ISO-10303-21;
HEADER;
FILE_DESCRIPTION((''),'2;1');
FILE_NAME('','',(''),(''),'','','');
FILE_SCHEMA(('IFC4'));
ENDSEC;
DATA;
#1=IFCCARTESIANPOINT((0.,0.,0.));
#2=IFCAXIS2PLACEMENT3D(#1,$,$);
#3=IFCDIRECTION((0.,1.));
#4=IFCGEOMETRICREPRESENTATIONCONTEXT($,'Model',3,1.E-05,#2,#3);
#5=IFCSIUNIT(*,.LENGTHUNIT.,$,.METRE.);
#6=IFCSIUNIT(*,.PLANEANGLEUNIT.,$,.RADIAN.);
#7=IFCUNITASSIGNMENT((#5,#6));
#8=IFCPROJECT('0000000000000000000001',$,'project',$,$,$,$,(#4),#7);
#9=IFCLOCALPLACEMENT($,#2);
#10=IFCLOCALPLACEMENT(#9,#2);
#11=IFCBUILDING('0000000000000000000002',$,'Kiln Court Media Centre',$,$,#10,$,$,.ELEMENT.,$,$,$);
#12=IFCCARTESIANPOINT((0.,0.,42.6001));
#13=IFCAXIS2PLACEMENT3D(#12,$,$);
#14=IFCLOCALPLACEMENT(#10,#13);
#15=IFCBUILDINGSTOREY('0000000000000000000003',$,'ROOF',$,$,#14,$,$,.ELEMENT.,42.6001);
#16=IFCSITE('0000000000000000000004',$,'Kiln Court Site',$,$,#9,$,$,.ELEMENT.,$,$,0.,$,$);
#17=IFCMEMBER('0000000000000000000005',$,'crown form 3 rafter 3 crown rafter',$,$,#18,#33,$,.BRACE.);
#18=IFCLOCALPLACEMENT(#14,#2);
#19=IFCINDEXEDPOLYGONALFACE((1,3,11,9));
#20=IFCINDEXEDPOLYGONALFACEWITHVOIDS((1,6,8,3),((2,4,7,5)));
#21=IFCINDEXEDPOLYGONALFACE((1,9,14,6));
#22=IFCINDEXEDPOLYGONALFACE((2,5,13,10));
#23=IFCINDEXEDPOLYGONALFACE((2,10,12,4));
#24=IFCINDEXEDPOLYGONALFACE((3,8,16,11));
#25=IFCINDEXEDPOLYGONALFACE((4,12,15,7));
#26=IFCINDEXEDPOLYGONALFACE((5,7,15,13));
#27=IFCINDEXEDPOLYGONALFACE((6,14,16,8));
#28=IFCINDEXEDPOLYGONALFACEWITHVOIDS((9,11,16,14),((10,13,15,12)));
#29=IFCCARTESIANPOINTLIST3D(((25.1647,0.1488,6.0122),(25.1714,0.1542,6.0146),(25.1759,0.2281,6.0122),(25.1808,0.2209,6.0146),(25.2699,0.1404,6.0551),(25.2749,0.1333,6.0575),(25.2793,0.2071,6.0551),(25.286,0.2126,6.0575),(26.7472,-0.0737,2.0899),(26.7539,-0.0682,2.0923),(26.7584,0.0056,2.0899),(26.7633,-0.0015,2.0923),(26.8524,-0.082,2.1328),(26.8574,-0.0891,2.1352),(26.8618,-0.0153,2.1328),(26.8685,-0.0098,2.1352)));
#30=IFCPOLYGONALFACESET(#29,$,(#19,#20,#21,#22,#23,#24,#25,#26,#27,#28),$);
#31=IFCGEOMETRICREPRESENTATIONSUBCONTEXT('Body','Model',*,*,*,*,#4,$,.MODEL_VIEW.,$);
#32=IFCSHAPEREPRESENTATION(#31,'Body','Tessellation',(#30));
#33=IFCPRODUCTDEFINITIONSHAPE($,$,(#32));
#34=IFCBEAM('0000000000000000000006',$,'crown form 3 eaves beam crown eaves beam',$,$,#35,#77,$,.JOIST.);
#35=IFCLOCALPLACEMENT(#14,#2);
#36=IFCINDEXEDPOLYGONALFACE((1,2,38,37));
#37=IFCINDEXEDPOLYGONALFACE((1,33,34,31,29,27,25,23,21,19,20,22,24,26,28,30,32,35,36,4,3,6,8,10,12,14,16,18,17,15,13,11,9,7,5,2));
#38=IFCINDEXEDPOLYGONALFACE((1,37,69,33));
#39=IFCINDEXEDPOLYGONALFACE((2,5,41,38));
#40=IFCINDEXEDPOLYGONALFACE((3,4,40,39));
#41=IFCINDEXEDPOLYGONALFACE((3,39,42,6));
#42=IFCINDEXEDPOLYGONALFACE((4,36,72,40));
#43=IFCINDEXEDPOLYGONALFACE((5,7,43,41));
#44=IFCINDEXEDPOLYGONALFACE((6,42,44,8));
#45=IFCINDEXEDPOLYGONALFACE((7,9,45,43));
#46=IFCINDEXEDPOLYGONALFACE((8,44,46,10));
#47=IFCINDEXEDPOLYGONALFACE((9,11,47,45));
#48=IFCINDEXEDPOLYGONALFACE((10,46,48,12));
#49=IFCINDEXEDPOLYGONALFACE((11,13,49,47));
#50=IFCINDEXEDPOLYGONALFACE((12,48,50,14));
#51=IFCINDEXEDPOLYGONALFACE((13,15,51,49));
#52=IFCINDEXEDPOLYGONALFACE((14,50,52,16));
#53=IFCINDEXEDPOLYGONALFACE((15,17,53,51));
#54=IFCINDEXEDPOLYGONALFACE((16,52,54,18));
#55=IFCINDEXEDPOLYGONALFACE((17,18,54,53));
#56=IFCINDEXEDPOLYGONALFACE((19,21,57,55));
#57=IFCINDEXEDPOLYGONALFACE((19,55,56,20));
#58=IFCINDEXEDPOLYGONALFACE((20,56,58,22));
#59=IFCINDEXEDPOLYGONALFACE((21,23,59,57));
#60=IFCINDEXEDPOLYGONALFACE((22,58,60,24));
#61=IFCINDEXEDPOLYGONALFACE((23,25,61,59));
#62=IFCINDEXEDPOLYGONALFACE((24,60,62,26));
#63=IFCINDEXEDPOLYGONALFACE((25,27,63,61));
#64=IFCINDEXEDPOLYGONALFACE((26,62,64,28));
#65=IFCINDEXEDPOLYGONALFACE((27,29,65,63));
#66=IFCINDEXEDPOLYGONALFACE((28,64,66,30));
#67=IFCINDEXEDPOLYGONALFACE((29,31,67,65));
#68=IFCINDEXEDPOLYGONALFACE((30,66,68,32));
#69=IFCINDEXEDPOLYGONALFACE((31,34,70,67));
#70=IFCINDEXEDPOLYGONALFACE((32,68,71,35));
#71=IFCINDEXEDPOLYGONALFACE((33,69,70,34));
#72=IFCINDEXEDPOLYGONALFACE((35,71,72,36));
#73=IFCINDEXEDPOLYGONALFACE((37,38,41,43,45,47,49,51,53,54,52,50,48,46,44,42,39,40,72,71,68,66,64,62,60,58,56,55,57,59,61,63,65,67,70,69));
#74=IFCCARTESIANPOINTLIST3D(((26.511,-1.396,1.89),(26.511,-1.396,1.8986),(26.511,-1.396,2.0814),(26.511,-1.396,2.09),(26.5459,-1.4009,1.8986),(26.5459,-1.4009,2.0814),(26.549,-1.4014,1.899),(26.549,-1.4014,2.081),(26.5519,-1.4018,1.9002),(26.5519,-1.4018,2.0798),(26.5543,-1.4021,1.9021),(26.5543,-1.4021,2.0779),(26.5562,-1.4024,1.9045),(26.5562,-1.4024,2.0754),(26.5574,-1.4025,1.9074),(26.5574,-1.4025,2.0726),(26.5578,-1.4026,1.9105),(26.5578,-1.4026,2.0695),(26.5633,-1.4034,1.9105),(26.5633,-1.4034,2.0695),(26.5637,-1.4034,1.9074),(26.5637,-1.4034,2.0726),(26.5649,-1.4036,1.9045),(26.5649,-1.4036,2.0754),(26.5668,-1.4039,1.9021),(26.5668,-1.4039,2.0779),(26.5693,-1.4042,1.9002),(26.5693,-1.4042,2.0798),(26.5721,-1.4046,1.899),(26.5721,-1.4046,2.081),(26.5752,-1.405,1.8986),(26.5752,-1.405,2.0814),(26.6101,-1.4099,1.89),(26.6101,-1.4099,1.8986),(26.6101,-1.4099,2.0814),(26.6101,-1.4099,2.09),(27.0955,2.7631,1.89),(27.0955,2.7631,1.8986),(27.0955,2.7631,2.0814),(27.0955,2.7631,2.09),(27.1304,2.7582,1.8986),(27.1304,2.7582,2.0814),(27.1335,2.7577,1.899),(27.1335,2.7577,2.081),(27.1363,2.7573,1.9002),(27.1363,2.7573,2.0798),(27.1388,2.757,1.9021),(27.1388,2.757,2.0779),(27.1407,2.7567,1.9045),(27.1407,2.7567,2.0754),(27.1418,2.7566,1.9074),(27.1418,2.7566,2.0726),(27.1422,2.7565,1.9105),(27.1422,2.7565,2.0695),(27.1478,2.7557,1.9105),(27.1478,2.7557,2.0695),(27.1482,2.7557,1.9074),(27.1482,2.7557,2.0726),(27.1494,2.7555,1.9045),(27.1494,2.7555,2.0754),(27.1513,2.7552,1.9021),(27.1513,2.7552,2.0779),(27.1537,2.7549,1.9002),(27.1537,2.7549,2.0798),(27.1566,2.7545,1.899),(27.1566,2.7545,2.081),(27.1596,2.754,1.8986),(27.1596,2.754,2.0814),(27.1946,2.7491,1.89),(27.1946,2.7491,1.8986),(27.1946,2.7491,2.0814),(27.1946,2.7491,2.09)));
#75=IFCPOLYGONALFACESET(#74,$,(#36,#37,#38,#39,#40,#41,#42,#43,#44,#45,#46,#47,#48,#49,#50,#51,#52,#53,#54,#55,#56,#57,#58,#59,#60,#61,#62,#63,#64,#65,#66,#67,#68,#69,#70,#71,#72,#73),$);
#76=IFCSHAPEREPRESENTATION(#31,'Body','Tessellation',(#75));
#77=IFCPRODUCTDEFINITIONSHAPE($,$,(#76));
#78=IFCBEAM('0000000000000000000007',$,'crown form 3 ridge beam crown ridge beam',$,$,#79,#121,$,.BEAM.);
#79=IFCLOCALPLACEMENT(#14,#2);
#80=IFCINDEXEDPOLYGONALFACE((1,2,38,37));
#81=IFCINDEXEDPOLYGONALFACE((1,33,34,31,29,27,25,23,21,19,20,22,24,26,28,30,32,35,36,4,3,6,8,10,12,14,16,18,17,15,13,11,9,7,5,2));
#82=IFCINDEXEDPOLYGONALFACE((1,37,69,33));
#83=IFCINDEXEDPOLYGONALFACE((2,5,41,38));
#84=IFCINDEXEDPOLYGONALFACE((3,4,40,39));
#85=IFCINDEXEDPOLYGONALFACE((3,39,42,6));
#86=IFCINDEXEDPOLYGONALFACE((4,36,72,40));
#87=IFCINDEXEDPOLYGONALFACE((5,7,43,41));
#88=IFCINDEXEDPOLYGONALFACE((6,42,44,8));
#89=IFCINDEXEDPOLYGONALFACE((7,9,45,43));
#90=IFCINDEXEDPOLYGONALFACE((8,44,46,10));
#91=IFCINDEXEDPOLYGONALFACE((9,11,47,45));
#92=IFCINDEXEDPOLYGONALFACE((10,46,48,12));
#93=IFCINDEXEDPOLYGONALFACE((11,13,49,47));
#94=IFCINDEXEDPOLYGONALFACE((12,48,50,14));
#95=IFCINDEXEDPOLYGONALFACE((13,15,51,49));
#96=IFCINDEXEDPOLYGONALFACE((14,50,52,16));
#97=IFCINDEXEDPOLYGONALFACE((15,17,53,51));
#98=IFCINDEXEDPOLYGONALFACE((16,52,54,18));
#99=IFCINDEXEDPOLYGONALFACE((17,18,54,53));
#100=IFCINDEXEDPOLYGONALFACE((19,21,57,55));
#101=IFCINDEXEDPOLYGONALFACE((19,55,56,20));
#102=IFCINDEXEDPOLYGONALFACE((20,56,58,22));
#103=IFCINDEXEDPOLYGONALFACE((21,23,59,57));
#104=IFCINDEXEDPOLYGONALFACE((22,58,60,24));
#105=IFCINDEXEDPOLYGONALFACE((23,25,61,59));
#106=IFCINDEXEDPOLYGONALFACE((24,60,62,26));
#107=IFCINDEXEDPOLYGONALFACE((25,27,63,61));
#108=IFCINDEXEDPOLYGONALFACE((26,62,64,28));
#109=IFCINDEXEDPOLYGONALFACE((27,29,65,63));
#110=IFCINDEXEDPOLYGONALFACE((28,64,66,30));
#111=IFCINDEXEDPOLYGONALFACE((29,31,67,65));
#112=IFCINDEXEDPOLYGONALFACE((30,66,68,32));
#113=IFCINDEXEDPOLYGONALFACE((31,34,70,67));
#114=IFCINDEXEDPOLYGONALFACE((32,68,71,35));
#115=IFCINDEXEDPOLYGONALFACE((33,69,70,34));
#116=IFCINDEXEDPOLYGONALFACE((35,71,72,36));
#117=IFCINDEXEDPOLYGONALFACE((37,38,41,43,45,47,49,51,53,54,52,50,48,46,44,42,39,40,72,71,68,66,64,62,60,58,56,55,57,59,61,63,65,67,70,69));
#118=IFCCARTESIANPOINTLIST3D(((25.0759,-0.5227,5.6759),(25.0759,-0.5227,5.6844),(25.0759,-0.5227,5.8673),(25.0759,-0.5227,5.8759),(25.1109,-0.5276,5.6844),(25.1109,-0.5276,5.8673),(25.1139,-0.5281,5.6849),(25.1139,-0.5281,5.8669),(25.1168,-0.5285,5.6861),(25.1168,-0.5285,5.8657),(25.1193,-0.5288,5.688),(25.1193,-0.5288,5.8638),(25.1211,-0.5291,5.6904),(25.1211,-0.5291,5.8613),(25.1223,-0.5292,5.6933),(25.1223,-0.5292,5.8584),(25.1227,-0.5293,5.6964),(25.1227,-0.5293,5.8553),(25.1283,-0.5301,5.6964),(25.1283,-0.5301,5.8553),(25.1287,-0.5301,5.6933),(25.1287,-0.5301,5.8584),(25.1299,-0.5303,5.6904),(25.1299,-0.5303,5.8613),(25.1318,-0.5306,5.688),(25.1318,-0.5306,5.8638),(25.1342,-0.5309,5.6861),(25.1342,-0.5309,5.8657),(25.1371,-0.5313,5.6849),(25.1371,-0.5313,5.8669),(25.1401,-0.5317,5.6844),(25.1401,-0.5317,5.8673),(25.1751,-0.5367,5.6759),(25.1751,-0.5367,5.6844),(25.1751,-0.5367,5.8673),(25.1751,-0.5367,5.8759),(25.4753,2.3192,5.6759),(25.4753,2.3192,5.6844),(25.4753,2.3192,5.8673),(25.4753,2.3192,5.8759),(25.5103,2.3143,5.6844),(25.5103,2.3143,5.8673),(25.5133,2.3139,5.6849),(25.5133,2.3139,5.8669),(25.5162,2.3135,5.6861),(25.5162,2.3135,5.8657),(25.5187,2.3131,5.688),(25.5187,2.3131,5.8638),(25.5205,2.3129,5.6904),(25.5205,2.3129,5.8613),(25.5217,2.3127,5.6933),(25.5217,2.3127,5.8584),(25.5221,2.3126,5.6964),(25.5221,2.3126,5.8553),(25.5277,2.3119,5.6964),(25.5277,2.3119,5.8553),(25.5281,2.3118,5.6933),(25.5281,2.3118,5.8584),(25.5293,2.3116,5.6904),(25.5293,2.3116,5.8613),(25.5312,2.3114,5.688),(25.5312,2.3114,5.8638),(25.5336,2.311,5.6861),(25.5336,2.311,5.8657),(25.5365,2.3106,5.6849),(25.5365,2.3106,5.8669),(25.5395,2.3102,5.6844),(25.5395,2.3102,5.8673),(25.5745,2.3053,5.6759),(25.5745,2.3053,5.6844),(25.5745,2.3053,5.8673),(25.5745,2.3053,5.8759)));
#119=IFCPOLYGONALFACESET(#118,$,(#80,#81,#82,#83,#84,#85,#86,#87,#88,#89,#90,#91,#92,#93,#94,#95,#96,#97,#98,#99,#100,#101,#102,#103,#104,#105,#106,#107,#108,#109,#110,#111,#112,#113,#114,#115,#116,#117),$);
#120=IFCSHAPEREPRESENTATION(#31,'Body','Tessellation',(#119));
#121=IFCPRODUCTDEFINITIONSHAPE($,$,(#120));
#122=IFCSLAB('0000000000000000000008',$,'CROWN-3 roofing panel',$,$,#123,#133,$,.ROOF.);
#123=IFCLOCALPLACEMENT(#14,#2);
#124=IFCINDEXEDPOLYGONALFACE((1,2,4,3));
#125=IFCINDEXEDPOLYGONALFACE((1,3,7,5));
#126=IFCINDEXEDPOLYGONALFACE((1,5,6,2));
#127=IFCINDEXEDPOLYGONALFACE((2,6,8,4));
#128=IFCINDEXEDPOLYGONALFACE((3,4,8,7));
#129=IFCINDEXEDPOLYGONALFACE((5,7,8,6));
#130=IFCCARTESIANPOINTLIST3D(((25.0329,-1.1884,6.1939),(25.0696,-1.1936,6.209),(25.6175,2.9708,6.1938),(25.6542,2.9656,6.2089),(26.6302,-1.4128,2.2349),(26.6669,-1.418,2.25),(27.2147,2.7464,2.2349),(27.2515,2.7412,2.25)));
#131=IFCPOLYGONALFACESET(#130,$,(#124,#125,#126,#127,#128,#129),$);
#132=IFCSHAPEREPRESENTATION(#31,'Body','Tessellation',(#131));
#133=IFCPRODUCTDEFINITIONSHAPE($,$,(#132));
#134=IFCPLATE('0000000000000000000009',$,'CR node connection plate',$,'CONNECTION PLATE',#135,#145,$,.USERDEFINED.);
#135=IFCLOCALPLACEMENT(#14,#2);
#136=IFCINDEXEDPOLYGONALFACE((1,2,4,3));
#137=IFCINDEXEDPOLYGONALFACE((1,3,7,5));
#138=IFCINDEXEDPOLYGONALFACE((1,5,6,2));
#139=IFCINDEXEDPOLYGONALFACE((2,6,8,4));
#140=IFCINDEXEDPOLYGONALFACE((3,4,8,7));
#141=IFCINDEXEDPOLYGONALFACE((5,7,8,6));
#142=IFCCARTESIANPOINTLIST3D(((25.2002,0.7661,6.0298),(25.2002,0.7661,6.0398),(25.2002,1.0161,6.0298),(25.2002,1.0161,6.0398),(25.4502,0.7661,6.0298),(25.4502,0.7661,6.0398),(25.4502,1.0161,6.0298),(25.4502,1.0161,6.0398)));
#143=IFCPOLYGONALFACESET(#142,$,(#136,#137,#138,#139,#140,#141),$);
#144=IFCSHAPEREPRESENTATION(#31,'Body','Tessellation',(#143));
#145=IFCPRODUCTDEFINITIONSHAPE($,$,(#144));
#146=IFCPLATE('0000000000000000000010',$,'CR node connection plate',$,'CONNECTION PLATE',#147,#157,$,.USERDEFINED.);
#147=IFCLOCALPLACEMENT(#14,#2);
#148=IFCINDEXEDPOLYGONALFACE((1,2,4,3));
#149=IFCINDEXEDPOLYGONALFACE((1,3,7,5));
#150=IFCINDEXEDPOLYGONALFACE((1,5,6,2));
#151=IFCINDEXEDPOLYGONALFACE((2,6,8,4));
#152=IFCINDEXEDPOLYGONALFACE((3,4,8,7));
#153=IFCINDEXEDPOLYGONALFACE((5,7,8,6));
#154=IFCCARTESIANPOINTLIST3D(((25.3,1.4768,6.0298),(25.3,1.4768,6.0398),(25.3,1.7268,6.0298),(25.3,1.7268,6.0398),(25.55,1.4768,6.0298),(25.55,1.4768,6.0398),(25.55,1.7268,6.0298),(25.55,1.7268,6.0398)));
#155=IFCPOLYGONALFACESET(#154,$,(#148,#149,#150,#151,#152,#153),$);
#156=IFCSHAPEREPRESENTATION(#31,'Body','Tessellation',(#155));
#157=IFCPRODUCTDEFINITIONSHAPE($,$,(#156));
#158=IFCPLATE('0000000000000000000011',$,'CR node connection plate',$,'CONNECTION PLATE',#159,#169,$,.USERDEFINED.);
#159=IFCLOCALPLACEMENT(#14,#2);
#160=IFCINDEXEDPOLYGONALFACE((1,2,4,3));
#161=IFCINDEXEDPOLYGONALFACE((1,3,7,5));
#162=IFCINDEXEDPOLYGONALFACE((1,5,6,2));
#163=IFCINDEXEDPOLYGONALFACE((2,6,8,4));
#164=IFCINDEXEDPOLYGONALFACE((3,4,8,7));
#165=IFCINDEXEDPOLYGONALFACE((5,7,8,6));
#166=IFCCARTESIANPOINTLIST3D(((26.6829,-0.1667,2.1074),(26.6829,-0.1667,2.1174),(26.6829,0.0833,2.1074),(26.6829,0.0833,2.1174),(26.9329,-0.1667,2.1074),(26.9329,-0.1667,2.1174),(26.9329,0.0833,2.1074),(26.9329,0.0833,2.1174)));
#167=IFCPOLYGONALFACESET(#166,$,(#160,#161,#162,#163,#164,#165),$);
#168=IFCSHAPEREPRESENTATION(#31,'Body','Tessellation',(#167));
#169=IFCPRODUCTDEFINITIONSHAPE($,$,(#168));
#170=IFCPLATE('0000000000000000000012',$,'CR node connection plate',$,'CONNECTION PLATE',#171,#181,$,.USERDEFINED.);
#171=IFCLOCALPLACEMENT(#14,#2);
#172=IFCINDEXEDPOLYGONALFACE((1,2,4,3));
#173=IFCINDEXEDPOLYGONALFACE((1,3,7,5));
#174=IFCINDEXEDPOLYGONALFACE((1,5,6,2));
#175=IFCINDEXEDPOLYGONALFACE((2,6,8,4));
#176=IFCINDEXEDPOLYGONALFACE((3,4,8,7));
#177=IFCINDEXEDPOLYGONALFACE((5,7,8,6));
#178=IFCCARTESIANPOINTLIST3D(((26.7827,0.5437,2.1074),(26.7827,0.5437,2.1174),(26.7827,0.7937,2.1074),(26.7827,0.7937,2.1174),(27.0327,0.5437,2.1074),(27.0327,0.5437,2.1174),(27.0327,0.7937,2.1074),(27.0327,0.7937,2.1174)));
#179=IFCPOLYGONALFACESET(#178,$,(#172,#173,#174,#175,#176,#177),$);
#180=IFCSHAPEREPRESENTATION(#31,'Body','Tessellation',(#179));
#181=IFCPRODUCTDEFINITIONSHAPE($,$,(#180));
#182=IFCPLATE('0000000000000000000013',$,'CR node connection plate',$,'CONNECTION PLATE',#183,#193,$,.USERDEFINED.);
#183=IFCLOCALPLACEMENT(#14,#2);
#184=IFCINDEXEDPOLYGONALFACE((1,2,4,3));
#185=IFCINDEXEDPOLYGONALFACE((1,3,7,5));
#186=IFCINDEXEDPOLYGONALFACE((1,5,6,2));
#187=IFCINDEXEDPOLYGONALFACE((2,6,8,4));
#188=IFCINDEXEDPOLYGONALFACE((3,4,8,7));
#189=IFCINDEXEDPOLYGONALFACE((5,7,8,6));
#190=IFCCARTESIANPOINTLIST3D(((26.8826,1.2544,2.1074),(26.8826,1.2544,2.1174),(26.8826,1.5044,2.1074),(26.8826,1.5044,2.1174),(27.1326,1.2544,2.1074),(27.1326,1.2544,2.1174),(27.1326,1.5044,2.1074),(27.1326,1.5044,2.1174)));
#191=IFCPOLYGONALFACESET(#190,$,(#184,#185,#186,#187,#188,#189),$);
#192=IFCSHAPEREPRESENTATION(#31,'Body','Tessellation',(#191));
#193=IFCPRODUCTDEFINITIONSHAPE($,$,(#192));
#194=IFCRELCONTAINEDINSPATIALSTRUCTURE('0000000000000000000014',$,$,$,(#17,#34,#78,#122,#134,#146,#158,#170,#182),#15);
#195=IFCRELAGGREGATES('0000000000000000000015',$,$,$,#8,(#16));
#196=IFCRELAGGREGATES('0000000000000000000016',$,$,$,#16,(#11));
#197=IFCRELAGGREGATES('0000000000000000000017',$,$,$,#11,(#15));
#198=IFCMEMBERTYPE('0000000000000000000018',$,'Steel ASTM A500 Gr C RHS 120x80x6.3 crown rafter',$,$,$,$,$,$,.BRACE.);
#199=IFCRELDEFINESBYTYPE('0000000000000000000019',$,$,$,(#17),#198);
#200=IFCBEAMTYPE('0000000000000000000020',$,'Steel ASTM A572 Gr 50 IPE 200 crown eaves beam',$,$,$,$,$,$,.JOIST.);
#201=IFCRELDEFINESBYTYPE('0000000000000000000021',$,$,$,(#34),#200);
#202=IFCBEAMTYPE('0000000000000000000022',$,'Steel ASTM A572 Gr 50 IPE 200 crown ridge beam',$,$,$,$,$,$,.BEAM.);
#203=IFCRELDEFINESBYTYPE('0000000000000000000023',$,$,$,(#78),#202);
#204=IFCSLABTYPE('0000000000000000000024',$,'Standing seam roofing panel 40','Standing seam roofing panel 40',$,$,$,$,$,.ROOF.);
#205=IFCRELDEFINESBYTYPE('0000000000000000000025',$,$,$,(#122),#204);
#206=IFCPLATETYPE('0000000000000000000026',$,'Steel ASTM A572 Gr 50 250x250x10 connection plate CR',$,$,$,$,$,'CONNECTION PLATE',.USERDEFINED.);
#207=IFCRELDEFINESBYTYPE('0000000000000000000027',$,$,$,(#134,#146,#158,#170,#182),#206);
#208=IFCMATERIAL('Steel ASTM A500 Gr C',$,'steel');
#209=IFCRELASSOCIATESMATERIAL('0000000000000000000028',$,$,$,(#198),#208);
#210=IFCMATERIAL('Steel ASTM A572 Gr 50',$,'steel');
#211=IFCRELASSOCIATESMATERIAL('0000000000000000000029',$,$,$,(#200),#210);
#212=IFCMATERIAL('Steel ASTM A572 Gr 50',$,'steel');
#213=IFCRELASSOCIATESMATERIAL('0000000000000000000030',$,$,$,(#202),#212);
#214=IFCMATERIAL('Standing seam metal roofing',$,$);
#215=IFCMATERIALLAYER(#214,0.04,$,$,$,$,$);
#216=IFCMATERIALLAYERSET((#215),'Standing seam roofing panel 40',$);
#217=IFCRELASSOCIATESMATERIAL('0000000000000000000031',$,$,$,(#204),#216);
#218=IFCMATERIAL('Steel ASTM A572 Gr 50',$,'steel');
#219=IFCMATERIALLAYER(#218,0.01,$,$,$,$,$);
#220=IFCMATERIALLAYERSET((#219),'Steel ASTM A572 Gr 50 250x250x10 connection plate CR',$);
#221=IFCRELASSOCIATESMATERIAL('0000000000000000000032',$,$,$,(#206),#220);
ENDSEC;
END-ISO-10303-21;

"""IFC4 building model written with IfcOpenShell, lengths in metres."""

from ifc_helpers import new_model, si_unit, direction, frame, origin, origin_2d, place, context, subcontext, project, spatial, polyline, rectangle, hollow_rectangle, i_section, outline, extrude, material, layer, layer_set, material_profile, profile_set, type_object, element, save


model = new_model("IFC4")

# Units and contexts
model_context = context("Model", 3, precision=1e-05, world=origin(), true_north=direction((0.0, 1.0)))
body_context = subcontext(model_context, "Body", "Model", "MODEL_VIEW")
ifc_project = project(units=[si_unit("LENGTHUNIT", "METRE"), si_unit("PLANEANGLEUNIT", "RADIAN")], contexts=[model_context])

# Site, building, storey
site_placement = place(None, origin())
site = spatial("IfcSite", under=ifc_project, at=site_placement, Name="Kiln Court Site", CompositionType="ELEMENT", RefElevation=0.0)
building_placement = place(site_placement, origin())
building = spatial("IfcBuilding", under=site, at=building_placement, Name="Kiln Court Media Centre", CompositionType="ELEMENT")
storey_placement = place(building_placement, frame((0.0, 0.0, 42.6001)))
storey = spatial("IfcBuildingStorey", under=building, at=storey_placement, Name="ROOF", CompositionType="ELEMENT", Elevation=42.6001)

# Member
ifc_material_1 = material(Name="Steel ASTM A500 Gr C", Category="steel")
ifc_material_profile_1 = material_profile(ifc_material_1, hollow_rectangle(XDim=0.0801, YDim=0.1201, WallThickness=0.0063, at=origin_2d()), Name="RHS 120x80x6.3")
ifc_profile_set_1 = profile_set([ifc_material_profile_1], Name="Steel ASTM A500 Gr C")
member_type = type_object("IfcMemberType", Name="Steel ASTM A500 Gr C RHS 120x80x6.3 crown rafter", PredefinedType="BRACE", material=ifc_profile_set_1)
for number, where, z_axis, x_axis, name in (
    (1, (26.8079, -0.0417, 2.1125), (-0.373639, 0.052512, 0.926086), (-0.139175, -0.990268, 0.0), "crown form 3 rafter 3 crown rafter"),
):
    element("IfcMember", number, at=place(storey_placement, frame(where, z_axis=z_axis, x_axis=x_axis)), inside=storey, type_object=member_type, Name=name, PredefinedType="BRACE", context=body_context, shape_type="SweptSolid", body=[
        extrude(hollow_rectangle(XDim=0.0801, YDim=0.1201, WallThickness=0.0063, at=origin_2d()), origin(), (0.0, 0.0, 1.0), 4.2354),
    ])

# Beams
ifc_material_2 = material(Name="Steel ASTM A572 Gr 50", Category="steel")
ifc_material_profile_2 = material_profile(ifc_material_2, i_section(OverallWidth=0.1001, OverallDepth=0.2, WebThickness=0.0056, FlangeThickness=0.0085, FilletRadius=0.012, at=origin_2d()), Name="IPE 200")
ifc_profile_set_2 = profile_set([ifc_material_profile_2], Name="Steel ASTM A572 Gr 50")
beam_type_1 = type_object("IfcBeamType", Name="Steel ASTM A572 Gr 50 IPE 200 crown eaves beam", PredefinedType="JOIST", material=ifc_profile_set_2)
beam_1_placement = place(storey_placement, frame((27.145, 2.7561, 1.99), z_axis=(-0.139159, -0.99027, 0.0), x_axis=(0.99027, -0.139159, 0.0)))
element("IfcBeam", 2, at=beam_1_placement, inside=storey, type_object=beam_type_1, Name="crown form 3 eaves beam crown eaves beam", PredefinedType="JOIST", context=body_context, shape_type="SweptSolid", body=[
    extrude(i_section(OverallWidth=0.1001, OverallDepth=0.2, WebThickness=0.0056, FlangeThickness=0.0085, FilletRadius=0.012, at=origin_2d()), origin(), (0.0, 0.0, 1.0), 4.2),
])
ifc_material_3 = material(Name="Steel ASTM A572 Gr 50", Category="steel")
ifc_material_profile_3 = material_profile(ifc_material_3, i_section(OverallWidth=0.1001, OverallDepth=0.2, WebThickness=0.0056, FlangeThickness=0.0085, FilletRadius=0.012, at=origin_2d()), Name="IPE 200")
ifc_profile_set_3 = profile_set([ifc_material_profile_3], Name="Steel ASTM A572 Gr 50")
beam_type_2 = type_object("IfcBeamType", Name="Steel ASTM A572 Gr 50 IPE 200 crown ridge beam", PredefinedType="BEAM", material=ifc_profile_set_3)
beam_2_placement = place(storey_placement, frame((25.5249, 2.3123, 5.7759), z_axis=(-0.13917, -0.990268, 0.0), x_axis=(0.990268, -0.13917, 0.0)))
element("IfcBeam", 3, at=beam_2_placement, inside=storey, type_object=beam_type_2, Name="crown form 3 ridge beam crown ridge beam", PredefinedType="BEAM", context=body_context, shape_type="SweptSolid", body=[
    extrude(i_section(OverallWidth=0.1001, OverallDepth=0.2, WebThickness=0.0056, FlangeThickness=0.0085, FilletRadius=0.012, at=origin_2d()), origin(), (0.0, 0.0, 1.0), 2.8699),
])

# Slab
ifc_material_4 = material(Name="Standing seam metal roofing")
ifc_layer_1 = layer(ifc_material_4, 0.04)
ifc_layer_set_1 = layer_set([ifc_layer_1], Name="Standing seam roofing panel 40")
slab_type = type_object("IfcSlabType", Name="Standing seam roofing panel 40", Description="Standing seam roofing panel 40", PredefinedType="ROOF", material=ifc_layer_set_1)
slab_placement = place(storey_placement, frame((27.2515, 2.7412, 2.25), z_axis=(0.917074, -0.1289, 0.377307), x_axis=(-0.139183, -0.990267, -0.00001)))
element("IfcSlab", 4, at=slab_placement, inside=storey, type_object=slab_type, Name="CROWN-3 roofing panel", PredefinedType="ROOF", context=body_context, shape_type="SweptSolid", body=[
    extrude(outline(polyline([(0.0, 0.0), (4.2, 0.0), (4.2002, -4.275), (0.0001, -4.2749), (0.0, 0.0)])), origin(), (0.0, 0.0, -1.0), 0.04),
])

# Plates
ifc_material_5 = material(Name="Steel ASTM A572 Gr 50", Category="steel")
ifc_layer_2 = layer(ifc_material_5, 0.01)
ifc_layer_set_2 = layer_set([ifc_layer_2], Name="Steel ASTM A572 Gr 50 250x250x10 connection plate CR")
plate_type_1 = type_object("IfcPlateType", Name="Steel ASTM A572 Gr 50 250x250x10 connection plate CR", ElementType="CONNECTION PLATE", PredefinedType="USERDEFINED", material=ifc_layer_set_2)
for number, where, z_axis, x_axis, name in (
    (5, (25.3252, 0.8911, 6.0298), (0.0, 0.0, 1.0), (1.0, 0.0, 0.0), "CR node connection plate"),
    (6, (25.425, 1.6018, 6.0298), (0.0, 0.0, 1.0), (1.0, 0.0, 0.0), "CR node connection plate"),
    (7, (26.8079, -0.0417, 2.1074), (0.0, 0.0, 1.0), (1.0, 0.0, 0.0), "CR node connection plate"),
    (8, (26.9077, 0.6687, 2.1074), (0.0, 0.0, 1.0), (1.0, 0.0, 0.0), "CR node connection plate"),
    (9, (27.0076, 1.3794, 2.1074), (0.0, 0.0, 1.0), (1.0, 0.0, 0.0), "CR node connection plate"),
):
    element("IfcPlate", number, at=place(storey_placement, frame(where, z_axis=z_axis, x_axis=x_axis)), inside=storey, type_object=plate_type_1, Name=name, ObjectType="CONNECTION PLATE", PredefinedType="USERDEFINED", context=body_context, shape_type="SweptSolid", body=[
        extrude(rectangle(XDim=0.25, YDim=0.25, at=origin_2d()), origin(), (0.0, 0.0, 1.0), 0.01),
    ])

save(model, "model.ifc")
